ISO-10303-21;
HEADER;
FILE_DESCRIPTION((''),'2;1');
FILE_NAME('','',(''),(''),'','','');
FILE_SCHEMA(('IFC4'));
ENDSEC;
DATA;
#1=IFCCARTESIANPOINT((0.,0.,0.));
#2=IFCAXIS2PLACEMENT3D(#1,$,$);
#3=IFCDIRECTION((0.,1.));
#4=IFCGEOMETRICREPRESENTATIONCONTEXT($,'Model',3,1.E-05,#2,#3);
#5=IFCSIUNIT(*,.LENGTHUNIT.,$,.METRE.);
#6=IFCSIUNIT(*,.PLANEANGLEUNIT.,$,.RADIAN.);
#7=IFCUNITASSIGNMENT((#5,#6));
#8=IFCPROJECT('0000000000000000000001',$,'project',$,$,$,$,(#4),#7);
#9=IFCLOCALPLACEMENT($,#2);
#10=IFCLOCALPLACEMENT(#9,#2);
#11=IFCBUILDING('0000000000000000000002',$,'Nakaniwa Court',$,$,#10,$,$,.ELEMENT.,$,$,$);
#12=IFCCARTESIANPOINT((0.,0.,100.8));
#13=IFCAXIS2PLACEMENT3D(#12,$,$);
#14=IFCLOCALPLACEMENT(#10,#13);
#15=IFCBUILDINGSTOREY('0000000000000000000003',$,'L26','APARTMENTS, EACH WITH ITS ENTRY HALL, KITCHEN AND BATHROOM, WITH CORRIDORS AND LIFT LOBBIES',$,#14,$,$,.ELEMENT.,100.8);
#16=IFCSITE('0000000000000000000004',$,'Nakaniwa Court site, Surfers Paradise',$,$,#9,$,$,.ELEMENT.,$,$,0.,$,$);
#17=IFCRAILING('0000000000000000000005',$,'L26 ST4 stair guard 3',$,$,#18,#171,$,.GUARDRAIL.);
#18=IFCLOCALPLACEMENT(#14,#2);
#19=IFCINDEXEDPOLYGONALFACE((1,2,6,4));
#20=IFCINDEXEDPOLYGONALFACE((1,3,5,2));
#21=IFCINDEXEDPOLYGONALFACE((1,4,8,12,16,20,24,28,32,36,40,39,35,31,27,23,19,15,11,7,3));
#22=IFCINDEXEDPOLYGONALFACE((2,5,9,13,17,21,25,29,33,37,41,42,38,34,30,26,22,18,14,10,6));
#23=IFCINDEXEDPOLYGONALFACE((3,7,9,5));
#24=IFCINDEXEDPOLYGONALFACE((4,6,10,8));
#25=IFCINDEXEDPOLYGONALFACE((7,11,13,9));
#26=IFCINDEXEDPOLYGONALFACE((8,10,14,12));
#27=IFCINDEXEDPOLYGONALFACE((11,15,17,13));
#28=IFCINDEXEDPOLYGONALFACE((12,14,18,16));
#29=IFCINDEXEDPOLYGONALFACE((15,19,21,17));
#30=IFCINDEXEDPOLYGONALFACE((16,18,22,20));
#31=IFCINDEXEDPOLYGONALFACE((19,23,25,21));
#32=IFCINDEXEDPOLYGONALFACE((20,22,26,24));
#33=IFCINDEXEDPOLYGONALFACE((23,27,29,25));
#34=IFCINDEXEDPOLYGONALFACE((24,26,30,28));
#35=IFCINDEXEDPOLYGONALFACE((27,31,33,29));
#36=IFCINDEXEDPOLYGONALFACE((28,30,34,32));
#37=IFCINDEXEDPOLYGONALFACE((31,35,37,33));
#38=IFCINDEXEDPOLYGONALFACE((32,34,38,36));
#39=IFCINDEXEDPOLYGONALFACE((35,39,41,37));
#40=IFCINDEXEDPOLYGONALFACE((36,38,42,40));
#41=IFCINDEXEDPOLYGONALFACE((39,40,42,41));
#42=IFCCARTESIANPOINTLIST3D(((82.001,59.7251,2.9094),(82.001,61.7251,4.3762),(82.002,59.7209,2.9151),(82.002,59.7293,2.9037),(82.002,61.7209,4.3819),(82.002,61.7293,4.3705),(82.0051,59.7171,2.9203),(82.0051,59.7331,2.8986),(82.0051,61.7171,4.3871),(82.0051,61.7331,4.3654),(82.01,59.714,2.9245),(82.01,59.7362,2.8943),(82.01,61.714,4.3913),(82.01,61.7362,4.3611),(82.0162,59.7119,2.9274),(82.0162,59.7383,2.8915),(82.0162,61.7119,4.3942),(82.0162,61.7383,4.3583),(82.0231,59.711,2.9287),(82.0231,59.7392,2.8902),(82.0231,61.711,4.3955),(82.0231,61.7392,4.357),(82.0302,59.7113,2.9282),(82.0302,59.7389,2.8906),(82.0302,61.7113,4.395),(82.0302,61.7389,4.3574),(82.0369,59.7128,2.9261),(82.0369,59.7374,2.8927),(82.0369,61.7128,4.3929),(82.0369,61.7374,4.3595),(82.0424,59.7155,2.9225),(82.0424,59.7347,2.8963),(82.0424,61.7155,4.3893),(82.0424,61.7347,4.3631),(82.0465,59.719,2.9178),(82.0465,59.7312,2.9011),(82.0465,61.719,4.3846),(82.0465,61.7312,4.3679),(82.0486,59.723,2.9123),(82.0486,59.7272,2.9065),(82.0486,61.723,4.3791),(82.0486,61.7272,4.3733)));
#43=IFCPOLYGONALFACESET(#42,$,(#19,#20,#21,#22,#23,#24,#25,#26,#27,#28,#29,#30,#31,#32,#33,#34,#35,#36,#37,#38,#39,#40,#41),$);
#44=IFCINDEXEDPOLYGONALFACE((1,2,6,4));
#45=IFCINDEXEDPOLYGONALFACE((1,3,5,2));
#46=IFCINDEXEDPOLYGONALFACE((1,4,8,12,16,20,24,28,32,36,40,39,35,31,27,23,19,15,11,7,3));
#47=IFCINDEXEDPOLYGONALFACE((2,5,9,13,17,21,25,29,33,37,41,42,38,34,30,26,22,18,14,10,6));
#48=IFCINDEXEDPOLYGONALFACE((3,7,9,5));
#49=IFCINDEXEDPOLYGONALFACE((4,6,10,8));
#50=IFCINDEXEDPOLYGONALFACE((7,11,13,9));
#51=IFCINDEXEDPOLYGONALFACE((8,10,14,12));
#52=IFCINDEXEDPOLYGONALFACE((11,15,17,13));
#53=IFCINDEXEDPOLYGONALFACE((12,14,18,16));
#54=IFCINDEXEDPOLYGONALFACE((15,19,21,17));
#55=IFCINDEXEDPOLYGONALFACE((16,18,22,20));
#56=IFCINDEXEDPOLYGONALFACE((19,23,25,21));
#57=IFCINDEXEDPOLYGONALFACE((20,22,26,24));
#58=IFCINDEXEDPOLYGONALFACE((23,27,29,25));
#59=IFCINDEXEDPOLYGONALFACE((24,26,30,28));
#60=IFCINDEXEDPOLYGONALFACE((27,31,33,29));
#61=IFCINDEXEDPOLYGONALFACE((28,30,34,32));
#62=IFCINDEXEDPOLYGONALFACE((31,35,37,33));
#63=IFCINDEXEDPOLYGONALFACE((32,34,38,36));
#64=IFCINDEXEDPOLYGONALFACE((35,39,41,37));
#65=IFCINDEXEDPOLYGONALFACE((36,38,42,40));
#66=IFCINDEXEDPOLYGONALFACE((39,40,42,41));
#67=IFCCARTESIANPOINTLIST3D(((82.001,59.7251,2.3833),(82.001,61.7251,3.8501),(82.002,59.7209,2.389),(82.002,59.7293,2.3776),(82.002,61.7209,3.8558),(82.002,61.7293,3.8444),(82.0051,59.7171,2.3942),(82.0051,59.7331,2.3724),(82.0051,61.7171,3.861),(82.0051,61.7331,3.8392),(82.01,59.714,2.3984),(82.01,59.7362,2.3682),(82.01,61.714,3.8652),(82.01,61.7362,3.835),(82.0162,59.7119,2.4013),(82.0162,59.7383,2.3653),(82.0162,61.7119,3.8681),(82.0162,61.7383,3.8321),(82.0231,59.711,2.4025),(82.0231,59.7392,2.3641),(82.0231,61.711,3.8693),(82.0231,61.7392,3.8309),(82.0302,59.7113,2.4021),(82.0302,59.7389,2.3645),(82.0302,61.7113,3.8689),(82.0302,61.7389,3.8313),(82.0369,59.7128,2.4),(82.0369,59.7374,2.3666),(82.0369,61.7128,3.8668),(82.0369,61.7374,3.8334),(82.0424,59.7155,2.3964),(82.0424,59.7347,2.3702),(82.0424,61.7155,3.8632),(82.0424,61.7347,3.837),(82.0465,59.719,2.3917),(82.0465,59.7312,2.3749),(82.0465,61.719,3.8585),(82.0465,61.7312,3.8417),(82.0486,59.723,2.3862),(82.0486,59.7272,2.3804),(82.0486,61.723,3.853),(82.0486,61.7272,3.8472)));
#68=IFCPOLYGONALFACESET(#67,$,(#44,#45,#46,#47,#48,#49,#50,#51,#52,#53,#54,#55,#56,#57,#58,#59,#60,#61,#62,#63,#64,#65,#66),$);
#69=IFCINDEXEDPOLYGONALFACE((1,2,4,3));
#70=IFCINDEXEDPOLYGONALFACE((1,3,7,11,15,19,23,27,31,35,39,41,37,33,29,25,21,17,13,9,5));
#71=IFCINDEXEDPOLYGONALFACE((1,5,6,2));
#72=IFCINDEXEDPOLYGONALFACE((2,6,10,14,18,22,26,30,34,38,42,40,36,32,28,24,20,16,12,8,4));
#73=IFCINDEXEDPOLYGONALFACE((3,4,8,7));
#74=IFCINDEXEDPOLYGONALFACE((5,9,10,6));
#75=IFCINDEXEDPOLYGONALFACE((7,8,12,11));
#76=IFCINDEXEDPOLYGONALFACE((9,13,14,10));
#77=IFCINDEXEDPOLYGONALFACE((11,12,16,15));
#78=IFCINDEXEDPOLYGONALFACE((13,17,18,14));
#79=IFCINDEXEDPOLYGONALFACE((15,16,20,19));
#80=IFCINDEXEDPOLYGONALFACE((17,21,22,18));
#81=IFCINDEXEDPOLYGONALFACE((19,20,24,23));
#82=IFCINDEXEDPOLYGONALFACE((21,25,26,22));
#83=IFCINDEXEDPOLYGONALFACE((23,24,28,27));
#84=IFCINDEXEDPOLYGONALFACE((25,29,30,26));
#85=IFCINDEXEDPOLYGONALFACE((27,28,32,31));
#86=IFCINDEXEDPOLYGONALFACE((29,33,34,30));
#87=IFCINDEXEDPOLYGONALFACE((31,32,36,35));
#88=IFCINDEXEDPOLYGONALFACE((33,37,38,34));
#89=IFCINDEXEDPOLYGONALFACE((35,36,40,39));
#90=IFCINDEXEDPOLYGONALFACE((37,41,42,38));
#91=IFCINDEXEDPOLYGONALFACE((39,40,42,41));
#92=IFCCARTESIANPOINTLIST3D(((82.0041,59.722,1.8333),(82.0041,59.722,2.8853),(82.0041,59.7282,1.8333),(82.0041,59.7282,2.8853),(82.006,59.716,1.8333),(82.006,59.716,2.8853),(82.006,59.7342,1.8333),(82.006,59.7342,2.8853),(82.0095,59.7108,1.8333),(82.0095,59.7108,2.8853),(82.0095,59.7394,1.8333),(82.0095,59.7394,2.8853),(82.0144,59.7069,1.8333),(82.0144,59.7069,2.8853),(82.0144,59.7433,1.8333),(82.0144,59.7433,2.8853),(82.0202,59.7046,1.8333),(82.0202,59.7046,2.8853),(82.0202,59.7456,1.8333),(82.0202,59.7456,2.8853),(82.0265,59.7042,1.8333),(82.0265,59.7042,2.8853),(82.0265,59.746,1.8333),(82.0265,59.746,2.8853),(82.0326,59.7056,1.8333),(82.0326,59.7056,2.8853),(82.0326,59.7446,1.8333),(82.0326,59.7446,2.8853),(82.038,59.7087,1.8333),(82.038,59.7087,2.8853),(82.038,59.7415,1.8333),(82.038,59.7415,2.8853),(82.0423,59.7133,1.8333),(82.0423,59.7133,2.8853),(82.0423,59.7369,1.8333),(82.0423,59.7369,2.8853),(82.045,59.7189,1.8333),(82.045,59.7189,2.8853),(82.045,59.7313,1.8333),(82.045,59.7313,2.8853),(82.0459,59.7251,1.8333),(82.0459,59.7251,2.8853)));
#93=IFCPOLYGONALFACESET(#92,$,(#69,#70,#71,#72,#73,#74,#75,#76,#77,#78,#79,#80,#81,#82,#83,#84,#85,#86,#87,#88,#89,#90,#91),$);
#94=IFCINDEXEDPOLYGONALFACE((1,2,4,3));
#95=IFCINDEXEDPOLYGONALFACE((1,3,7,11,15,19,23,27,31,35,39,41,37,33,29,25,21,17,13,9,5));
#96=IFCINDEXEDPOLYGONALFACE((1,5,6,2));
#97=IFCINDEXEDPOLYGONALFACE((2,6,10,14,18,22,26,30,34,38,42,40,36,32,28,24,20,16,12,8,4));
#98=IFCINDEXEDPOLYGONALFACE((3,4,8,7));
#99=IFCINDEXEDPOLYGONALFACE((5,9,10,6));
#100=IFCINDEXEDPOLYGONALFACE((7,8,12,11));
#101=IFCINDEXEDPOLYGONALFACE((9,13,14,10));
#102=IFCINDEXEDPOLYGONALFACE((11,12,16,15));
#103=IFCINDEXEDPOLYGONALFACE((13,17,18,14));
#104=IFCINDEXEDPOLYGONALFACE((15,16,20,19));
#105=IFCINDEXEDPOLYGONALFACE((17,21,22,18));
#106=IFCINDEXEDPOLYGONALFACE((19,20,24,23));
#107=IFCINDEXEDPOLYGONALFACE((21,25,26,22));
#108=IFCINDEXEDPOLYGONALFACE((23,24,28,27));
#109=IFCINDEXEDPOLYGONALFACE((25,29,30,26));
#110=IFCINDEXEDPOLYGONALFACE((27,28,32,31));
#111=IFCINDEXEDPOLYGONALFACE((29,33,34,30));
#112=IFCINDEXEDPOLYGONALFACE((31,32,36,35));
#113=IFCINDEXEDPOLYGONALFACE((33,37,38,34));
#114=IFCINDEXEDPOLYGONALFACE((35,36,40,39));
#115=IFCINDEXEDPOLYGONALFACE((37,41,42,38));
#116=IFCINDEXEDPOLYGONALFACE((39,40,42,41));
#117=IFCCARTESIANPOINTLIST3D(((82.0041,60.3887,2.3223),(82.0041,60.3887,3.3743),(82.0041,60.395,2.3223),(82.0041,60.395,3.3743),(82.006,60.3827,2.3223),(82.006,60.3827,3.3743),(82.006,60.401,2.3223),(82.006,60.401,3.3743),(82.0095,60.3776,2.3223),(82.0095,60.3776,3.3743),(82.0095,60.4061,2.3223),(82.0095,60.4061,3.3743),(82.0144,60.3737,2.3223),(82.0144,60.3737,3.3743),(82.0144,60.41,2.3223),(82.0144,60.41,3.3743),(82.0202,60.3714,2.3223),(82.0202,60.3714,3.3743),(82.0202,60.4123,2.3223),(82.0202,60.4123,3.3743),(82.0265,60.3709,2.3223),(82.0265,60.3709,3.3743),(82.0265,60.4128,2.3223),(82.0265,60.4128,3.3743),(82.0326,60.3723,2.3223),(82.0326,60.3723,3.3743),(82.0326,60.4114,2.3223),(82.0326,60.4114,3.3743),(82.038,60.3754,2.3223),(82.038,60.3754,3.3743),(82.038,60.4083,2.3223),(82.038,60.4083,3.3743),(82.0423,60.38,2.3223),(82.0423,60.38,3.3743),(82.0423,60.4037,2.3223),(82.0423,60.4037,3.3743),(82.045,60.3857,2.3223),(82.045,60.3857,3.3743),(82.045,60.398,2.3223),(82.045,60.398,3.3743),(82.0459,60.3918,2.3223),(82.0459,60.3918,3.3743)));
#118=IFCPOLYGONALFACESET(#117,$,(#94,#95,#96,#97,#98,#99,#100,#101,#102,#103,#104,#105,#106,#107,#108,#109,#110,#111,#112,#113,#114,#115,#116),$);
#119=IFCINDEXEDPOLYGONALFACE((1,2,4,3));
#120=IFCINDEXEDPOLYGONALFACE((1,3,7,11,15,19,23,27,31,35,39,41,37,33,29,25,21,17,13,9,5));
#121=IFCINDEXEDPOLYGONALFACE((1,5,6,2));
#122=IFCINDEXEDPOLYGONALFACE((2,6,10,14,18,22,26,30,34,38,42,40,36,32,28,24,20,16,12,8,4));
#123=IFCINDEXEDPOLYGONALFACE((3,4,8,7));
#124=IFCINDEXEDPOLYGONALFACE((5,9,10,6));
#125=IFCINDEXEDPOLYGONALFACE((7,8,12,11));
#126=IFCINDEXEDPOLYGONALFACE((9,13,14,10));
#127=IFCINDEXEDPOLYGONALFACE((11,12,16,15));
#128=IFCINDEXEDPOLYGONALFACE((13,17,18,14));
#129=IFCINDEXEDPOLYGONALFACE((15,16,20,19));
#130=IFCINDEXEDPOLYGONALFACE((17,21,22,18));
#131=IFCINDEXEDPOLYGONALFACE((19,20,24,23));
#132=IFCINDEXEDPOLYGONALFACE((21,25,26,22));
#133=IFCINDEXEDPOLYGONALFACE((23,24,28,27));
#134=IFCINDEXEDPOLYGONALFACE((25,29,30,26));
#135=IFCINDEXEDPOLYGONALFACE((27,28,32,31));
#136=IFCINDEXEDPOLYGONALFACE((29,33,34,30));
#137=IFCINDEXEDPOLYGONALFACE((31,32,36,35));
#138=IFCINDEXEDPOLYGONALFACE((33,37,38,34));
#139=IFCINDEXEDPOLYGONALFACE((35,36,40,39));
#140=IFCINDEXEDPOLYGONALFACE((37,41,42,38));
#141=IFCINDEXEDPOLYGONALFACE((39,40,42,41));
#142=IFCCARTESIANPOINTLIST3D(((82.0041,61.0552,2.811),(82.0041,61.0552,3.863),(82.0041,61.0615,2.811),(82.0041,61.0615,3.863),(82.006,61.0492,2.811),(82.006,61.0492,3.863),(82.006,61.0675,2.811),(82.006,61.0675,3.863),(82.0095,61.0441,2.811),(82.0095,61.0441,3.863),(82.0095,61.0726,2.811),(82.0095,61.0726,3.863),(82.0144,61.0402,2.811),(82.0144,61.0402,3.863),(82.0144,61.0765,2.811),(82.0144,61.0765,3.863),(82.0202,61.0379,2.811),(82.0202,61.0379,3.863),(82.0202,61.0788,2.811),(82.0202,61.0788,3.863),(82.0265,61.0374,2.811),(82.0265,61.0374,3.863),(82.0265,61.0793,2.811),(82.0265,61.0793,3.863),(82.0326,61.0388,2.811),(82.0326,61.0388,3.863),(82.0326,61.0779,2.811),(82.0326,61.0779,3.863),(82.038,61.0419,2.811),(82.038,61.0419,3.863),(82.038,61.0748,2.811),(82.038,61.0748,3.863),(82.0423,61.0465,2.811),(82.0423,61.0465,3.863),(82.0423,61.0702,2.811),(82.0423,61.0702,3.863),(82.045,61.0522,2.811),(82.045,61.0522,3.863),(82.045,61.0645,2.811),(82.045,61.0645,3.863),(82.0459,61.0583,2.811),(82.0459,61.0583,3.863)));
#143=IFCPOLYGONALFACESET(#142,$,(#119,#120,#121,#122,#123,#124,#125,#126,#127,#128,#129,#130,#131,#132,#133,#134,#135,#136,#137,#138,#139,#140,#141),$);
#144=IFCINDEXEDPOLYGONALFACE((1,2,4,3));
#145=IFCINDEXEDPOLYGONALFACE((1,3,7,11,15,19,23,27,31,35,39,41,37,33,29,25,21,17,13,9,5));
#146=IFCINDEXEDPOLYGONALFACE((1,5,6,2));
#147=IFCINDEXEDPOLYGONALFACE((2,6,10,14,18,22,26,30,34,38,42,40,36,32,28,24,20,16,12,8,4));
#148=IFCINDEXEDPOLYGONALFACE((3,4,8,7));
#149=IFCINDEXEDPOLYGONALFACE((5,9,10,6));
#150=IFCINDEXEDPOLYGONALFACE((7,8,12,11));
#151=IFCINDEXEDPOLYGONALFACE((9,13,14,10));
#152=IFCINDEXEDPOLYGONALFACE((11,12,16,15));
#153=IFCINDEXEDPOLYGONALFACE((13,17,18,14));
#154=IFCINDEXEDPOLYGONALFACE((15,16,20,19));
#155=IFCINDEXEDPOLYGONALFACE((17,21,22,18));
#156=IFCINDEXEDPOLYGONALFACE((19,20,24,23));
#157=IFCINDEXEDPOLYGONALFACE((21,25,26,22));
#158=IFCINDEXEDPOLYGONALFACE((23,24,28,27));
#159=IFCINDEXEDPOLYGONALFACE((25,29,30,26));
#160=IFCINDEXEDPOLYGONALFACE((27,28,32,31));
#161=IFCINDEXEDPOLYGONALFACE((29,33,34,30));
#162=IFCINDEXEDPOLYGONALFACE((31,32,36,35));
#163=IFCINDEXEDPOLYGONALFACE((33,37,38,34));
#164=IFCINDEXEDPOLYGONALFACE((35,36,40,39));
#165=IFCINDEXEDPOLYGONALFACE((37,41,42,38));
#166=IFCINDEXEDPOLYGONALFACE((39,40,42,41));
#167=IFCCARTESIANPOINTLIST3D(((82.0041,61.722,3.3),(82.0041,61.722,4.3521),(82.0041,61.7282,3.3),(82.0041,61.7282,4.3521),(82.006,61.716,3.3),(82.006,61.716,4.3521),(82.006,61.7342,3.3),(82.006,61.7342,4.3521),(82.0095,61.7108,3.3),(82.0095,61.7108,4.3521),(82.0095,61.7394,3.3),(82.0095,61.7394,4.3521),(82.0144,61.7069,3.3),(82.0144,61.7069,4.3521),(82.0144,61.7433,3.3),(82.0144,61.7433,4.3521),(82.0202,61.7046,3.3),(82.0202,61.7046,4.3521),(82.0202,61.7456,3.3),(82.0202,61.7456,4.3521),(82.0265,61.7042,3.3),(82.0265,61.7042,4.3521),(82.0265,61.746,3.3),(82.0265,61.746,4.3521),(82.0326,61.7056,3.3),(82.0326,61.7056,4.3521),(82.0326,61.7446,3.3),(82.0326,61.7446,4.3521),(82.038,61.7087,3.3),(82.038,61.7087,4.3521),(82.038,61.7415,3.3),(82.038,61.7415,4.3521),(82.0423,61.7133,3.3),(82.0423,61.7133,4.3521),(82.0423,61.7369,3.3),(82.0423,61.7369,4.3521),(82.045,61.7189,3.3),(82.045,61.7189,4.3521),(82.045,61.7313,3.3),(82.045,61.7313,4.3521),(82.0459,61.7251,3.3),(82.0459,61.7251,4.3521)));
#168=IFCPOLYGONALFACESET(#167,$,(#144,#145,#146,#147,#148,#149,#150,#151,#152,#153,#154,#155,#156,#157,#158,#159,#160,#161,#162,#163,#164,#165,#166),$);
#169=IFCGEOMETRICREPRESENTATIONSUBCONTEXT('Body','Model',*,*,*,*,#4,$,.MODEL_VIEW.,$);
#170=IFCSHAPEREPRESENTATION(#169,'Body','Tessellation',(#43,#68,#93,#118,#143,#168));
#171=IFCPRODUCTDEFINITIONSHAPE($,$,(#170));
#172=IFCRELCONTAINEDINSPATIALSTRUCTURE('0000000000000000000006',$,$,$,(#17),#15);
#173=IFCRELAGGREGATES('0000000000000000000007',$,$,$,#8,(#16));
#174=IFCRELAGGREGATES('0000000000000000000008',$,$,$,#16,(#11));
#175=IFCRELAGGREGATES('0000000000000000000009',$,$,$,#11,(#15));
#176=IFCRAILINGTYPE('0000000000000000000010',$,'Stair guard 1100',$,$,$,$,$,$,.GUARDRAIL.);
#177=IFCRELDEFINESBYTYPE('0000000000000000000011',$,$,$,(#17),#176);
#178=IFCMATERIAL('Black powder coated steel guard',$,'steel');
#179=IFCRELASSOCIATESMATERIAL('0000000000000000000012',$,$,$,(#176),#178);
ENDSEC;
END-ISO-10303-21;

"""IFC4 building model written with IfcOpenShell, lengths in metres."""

from ifc_helpers import new_model, si_unit, direction, frame, origin, origin_2d, place, context, subcontext, project, spatial, circle, extrude, material, type_object, element, save


model = new_model("IFC4")

# Units and contexts
model_context = context("Model", 3, precision=1e-05, world=origin(), true_north=direction((0.0, 1.0)))
body_context = subcontext(model_context, "Body", "Model", "MODEL_VIEW")
ifc_project = project(units=[si_unit("LENGTHUNIT", "METRE"), si_unit("PLANEANGLEUNIT", "RADIAN")], contexts=[model_context])

# Site, building, storey
site_placement = place(None, origin())
site = spatial("IfcSite", under=ifc_project, at=site_placement, Name="Nakaniwa Court site, Surfers Paradise", CompositionType="ELEMENT", RefElevation=0.0)
building_placement = place(site_placement, origin())
building = spatial("IfcBuilding", under=site, at=building_placement, Name="Nakaniwa Court", CompositionType="ELEMENT")
storey_placement = place(building_placement, frame((0.0, 0.0, 100.8)))
storey = spatial("IfcBuildingStorey", under=building, at=storey_placement, Name="L26", Description="APARTMENTS, EACH WITH ITS ENTRY HALL, KITCHEN AND BATHROOM, WITH CORRIDORS AND LIFT LOBBIES", CompositionType="ELEMENT", Elevation=100.8)

# Railing
ifc_material_1 = material(Name="Black powder coated steel guard", Category="steel")
railing_type_1 = type_object("IfcRailingType", Name="Stair guard 1100", PredefinedType="GUARDRAIL", material=ifc_material_1)
railing_1_placement = place(storey_placement, frame((82.0249, 59.7251, 1.8333)))
element("IfcRailing", 1, at=railing_1_placement, inside=storey, type_object=railing_type_1, Name="L26 ST4 stair guard 3", PredefinedType="GUARDRAIL", context=body_context, shape_type="SweptSolid", body=[
    extrude(circle(Radius=0.0239, at=origin_2d()), frame((0.0, 0.0, 1.0762), z_axis=(0.0, 0.80638, 0.591398), x_axis=(-1.0, 0.0, 0.0)), (0.0, 0.0, 1.0), 2.4802),
    extrude(circle(Radius=0.0239, at=origin_2d()), frame((0.0, 0.0, 0.55), z_axis=(0.0, 0.80638, 0.591398), x_axis=(-1.0, 0.0, 0.0)), (0.0, 0.0, 1.0), 2.4802),
    extrude(circle(Radius=0.021, at=origin_2d()), origin(), (0.0, 0.0, 1.0), 1.052),
    extrude(circle(Radius=0.021, at=origin_2d()), frame((0.0, 0.6667, 0.489)), (0.0, 0.0, 1.0), 1.052),
    extrude(circle(Radius=0.021, at=origin_2d()), frame((0.0, 1.3333, 0.9778)), (0.0, 0.0, 1.0), 1.052),
    extrude(circle(Radius=0.021, at=origin_2d()), frame((0.0, 2.0, 1.4668)), (0.0, 0.0, 1.0), 1.052),
])

save(model, "model.ifc")
